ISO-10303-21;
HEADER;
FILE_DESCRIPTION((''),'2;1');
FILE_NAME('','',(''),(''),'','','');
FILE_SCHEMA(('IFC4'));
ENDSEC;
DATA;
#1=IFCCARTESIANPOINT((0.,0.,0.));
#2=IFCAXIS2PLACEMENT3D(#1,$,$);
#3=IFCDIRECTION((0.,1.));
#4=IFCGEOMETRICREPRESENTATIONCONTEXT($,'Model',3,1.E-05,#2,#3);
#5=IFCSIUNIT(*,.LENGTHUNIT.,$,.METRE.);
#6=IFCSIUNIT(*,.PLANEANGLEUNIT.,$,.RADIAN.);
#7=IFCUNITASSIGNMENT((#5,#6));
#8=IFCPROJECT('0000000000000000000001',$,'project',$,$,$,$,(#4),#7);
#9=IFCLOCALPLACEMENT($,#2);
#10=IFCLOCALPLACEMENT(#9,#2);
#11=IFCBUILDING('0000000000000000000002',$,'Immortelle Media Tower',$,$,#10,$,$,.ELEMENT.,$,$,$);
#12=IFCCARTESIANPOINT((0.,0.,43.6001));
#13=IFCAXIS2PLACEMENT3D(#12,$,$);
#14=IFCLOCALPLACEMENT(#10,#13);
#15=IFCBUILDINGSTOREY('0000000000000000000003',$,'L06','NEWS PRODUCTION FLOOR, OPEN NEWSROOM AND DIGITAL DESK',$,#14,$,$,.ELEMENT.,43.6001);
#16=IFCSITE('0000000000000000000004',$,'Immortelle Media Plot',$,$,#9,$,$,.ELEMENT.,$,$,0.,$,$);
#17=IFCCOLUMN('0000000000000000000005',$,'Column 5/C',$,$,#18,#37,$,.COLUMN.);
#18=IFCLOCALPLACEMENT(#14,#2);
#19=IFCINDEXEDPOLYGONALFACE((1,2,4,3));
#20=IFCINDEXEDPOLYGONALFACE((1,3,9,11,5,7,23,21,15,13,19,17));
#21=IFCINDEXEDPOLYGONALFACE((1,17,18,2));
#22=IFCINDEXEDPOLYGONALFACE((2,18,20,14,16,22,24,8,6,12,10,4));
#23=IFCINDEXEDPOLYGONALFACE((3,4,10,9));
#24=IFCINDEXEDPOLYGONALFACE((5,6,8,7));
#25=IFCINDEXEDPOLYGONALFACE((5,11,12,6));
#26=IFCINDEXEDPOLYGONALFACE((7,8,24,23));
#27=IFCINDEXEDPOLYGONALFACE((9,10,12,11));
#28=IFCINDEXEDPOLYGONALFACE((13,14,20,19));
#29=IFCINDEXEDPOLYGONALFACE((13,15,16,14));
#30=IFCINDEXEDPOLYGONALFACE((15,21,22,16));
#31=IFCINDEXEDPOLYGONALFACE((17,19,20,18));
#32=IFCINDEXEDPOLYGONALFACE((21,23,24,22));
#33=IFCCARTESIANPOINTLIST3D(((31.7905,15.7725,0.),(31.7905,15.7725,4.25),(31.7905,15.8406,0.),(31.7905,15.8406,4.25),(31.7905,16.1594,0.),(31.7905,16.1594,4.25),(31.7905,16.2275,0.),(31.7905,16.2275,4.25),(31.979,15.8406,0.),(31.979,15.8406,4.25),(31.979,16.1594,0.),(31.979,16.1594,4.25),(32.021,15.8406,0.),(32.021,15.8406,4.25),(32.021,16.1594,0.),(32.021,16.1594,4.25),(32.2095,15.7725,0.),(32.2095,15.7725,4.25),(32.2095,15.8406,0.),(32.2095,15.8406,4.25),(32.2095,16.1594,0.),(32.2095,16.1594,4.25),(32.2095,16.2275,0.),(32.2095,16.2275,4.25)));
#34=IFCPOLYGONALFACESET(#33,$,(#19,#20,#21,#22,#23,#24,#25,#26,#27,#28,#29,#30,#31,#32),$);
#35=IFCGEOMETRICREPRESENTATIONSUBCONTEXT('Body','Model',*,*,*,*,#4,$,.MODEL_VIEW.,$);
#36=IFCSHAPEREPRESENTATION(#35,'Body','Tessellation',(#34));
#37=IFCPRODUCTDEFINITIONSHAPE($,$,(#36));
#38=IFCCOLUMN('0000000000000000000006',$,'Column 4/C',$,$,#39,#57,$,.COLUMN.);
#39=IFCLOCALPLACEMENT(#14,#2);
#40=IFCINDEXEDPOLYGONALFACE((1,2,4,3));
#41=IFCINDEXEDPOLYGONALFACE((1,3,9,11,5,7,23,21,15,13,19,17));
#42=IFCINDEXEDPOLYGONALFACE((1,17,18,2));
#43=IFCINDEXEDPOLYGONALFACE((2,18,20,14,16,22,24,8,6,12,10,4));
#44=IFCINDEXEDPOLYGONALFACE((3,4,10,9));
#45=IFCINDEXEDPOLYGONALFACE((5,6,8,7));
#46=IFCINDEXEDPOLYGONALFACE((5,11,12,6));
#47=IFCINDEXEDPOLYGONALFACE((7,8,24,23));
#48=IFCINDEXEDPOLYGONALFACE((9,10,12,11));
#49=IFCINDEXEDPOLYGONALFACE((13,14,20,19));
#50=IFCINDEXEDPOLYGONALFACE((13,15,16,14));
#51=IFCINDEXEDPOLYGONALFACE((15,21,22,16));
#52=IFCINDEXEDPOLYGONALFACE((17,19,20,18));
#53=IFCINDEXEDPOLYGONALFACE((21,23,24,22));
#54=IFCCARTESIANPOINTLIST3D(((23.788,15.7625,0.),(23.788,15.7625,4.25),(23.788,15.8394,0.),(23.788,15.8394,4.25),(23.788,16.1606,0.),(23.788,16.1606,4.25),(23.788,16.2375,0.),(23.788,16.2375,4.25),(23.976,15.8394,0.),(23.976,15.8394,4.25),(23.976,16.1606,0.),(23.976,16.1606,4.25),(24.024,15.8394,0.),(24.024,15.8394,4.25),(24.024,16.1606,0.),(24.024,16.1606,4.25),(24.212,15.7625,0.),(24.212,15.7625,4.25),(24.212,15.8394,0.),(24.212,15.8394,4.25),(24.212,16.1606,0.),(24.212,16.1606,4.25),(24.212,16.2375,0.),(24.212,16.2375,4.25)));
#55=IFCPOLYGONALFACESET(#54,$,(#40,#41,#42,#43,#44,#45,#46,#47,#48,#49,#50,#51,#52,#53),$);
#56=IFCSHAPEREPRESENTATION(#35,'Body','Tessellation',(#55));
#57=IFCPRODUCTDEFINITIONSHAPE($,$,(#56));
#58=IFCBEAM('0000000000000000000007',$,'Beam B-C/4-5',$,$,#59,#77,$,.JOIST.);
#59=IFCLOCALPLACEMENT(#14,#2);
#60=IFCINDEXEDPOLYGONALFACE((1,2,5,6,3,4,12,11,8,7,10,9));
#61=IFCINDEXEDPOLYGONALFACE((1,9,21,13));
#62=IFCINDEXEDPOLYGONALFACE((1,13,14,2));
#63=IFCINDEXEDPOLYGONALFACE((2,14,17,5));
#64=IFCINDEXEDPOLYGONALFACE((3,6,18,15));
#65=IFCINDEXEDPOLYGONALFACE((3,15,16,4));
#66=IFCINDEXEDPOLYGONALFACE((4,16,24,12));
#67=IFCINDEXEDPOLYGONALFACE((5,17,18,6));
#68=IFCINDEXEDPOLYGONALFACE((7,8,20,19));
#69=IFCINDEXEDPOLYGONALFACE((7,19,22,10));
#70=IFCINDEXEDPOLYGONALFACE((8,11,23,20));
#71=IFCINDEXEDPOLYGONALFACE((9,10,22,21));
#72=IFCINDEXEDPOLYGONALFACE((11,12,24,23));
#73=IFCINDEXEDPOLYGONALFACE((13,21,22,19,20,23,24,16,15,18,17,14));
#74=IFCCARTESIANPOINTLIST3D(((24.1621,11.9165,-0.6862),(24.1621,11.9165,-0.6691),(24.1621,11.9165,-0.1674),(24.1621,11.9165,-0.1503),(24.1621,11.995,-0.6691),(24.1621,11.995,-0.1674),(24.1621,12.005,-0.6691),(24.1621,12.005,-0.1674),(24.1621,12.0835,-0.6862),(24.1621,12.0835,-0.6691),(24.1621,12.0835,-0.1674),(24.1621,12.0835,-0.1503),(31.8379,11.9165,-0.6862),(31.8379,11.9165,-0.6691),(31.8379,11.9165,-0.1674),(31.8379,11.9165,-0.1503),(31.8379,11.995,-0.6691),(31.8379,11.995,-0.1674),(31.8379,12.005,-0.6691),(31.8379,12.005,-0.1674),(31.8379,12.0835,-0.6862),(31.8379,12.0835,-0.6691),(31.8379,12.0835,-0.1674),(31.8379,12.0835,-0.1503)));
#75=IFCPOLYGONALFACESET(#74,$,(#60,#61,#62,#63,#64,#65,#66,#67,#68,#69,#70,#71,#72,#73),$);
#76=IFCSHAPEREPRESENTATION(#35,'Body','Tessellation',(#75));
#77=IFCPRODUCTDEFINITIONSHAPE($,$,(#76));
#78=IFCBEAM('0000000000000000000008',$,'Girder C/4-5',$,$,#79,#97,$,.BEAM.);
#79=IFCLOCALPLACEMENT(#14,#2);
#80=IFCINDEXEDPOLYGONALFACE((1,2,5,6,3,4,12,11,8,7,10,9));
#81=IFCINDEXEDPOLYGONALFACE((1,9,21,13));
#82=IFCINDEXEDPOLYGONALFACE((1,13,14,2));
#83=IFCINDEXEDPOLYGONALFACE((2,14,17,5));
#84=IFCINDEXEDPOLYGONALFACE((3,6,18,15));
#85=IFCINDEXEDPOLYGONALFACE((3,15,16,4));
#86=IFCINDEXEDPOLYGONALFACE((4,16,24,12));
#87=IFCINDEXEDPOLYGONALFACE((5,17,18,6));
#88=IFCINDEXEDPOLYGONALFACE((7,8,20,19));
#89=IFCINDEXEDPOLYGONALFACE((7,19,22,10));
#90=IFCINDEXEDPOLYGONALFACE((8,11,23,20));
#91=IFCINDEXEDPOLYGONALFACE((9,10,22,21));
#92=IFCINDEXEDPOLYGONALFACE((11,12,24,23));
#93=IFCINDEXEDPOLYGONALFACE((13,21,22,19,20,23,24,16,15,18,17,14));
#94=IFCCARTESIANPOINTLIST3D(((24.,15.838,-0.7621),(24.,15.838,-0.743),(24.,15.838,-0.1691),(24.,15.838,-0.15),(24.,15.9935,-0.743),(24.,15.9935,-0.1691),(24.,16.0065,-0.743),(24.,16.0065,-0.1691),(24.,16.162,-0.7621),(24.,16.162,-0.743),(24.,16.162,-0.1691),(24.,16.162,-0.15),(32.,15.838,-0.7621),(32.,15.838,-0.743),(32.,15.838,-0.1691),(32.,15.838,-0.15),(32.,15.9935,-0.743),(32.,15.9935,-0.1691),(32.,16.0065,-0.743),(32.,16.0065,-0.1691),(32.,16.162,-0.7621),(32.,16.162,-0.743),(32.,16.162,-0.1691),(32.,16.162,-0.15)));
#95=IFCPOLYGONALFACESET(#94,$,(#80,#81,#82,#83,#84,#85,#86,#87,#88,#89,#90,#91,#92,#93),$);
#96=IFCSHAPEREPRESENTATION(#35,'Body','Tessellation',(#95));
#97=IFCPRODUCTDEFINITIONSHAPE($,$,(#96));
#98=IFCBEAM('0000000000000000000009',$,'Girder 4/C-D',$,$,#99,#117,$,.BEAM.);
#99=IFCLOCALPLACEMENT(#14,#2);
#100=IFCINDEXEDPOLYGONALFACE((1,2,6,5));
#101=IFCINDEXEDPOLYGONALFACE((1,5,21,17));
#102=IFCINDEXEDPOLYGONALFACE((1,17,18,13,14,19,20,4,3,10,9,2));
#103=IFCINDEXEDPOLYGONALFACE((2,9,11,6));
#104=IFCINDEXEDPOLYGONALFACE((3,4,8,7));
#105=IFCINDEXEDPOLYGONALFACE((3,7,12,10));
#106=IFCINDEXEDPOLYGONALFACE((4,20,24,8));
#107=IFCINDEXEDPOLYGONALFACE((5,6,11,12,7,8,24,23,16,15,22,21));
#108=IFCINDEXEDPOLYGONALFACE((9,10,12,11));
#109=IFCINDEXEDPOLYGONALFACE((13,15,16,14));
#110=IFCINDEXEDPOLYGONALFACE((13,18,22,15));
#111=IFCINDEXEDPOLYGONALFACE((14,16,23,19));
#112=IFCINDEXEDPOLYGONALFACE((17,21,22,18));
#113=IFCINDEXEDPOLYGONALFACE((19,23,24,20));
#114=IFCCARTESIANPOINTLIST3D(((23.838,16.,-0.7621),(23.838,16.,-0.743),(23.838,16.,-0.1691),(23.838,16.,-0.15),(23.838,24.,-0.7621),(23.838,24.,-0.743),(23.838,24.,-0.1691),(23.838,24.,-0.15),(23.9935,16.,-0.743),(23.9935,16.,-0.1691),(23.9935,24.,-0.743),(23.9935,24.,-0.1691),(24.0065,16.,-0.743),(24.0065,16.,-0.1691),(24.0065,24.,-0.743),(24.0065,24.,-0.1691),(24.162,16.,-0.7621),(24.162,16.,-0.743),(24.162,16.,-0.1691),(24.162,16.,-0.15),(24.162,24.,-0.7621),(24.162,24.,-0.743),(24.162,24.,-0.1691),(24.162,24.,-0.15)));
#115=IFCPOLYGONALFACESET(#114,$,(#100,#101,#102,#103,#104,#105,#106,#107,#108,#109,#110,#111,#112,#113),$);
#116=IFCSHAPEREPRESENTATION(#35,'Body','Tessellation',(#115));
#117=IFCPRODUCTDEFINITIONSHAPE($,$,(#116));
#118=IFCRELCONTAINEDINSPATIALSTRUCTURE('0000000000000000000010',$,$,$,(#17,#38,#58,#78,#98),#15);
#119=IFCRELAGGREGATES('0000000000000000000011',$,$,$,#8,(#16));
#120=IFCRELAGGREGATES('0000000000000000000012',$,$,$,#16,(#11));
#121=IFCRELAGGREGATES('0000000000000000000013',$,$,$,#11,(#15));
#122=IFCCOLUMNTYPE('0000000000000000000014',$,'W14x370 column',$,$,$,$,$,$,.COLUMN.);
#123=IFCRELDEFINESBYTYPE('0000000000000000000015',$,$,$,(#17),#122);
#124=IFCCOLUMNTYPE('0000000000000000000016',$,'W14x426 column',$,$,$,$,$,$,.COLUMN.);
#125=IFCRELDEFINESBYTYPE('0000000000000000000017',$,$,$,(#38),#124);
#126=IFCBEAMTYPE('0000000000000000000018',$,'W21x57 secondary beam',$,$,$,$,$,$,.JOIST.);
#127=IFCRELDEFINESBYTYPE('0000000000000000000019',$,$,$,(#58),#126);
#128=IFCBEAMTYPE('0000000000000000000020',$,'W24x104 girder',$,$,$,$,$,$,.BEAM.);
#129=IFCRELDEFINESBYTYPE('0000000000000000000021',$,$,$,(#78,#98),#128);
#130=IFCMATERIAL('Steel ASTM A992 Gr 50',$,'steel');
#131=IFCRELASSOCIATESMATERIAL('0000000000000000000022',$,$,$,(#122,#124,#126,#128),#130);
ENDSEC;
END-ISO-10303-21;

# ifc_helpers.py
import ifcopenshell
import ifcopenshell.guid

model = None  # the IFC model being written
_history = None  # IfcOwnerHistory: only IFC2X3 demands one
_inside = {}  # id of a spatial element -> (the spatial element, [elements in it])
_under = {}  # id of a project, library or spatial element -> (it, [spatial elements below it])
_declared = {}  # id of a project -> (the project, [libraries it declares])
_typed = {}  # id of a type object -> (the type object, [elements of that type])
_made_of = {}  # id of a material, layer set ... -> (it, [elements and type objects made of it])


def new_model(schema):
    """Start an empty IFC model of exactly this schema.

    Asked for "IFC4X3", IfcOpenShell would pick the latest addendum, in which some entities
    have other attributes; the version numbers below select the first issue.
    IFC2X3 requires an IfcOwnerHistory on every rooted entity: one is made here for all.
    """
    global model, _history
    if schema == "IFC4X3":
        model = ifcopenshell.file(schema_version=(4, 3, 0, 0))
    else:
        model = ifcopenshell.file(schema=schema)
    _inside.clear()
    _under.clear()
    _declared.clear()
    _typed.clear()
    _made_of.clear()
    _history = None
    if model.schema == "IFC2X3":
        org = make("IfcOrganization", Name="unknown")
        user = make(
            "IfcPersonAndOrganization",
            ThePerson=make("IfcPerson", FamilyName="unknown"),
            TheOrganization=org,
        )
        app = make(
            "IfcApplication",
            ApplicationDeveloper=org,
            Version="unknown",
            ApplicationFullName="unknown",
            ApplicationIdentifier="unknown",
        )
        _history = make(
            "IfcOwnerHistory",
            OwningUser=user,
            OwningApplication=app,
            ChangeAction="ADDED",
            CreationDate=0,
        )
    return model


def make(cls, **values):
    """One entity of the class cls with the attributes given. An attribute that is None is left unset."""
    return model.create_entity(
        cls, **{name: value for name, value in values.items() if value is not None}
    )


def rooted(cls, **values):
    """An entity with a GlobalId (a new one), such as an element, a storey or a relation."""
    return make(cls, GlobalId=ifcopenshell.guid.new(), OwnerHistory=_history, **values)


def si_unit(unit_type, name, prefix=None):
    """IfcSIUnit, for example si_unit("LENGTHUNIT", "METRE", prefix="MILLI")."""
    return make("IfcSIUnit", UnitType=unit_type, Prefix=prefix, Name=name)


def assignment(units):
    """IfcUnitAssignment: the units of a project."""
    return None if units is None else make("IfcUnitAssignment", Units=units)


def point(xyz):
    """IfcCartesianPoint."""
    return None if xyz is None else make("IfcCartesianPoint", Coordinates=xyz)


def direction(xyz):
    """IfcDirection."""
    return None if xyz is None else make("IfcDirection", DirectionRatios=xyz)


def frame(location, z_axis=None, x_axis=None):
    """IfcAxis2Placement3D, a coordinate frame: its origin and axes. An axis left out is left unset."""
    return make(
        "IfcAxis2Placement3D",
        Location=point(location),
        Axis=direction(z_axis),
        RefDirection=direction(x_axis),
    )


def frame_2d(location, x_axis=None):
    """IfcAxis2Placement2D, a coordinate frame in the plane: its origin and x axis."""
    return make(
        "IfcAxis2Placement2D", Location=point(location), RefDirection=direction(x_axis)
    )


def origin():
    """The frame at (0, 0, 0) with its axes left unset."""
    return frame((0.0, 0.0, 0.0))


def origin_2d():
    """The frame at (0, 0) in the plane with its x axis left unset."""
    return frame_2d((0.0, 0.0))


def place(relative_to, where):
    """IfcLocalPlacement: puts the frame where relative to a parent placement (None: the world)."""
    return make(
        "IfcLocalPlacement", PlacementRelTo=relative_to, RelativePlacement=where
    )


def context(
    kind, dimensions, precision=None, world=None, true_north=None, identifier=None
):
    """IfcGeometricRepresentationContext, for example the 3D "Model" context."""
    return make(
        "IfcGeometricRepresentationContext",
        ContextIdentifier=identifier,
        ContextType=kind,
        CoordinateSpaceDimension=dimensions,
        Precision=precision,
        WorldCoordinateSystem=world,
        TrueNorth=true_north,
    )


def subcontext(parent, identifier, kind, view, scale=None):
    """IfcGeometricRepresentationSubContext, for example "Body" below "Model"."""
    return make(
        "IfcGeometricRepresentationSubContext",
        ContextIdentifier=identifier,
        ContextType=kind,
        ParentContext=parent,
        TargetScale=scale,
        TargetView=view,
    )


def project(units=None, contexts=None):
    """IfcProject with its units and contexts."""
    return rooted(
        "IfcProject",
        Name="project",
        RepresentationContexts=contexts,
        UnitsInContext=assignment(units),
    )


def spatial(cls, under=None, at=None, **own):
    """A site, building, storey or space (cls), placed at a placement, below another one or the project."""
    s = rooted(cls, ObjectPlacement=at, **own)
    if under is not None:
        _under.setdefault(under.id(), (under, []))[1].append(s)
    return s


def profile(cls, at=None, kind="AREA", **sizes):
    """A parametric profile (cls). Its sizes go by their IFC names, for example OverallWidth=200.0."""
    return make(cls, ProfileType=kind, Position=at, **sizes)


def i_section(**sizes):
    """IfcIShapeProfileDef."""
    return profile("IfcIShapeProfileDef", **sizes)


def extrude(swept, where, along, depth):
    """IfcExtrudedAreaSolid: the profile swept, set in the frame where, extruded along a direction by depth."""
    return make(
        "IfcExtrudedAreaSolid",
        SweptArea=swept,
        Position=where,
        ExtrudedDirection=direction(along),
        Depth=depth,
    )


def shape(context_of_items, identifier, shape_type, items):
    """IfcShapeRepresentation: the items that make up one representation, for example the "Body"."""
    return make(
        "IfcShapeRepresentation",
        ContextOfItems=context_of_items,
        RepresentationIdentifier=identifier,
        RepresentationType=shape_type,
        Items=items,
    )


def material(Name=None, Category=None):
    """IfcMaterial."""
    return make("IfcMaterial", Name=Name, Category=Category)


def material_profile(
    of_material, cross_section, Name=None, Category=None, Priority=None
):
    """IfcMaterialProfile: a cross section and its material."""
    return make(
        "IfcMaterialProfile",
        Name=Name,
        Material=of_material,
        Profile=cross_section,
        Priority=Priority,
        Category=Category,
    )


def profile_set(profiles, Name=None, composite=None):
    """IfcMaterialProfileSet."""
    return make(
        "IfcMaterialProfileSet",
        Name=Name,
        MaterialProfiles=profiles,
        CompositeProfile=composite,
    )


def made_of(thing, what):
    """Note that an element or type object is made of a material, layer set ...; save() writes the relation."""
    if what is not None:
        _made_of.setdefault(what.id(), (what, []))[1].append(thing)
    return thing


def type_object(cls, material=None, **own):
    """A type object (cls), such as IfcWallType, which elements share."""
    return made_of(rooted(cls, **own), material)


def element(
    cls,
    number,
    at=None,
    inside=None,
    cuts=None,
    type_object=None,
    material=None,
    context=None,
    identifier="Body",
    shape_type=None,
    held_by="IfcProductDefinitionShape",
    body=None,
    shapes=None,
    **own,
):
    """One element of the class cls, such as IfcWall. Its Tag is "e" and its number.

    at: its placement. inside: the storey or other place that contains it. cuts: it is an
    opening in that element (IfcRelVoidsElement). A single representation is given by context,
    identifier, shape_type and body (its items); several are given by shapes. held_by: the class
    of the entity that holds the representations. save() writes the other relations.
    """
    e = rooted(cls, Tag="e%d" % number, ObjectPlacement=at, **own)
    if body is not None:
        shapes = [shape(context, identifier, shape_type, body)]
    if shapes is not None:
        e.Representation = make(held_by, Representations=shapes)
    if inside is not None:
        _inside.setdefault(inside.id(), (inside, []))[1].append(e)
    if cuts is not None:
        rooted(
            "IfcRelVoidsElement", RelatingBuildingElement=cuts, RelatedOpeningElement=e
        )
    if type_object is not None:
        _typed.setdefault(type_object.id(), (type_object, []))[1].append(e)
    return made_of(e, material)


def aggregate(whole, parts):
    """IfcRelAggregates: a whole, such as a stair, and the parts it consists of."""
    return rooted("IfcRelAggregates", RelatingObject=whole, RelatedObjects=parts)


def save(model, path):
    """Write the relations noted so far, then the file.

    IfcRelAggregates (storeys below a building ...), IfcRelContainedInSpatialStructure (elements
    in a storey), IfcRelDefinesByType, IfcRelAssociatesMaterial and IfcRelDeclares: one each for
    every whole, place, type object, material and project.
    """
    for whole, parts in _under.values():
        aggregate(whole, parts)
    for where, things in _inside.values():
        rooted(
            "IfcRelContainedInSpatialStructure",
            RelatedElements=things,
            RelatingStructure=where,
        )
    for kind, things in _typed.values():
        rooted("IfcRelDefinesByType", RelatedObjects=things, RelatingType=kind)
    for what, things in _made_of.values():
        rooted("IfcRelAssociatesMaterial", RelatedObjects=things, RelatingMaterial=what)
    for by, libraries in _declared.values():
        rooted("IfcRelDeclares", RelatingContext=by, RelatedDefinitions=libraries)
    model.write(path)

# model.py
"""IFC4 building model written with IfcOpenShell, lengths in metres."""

from ifc_helpers import new_model, si_unit, direction, frame, origin, origin_2d, place, context, subcontext, project, spatial, i_section, extrude, material, material_profile, profile_set, type_object, element, save


model = new_model("IFC4")

# Units and contexts
model_context = context("Model", 3, precision=1e-05, world=origin(), true_north=direction((0.0, 1.0)))
body_context = subcontext(model_context, "Body", "Model", "MODEL_VIEW")
ifc_project = project(units=[si_unit("LENGTHUNIT", "METRE"), si_unit("PLANEANGLEUNIT", "RADIAN")], contexts=[model_context])

# Site, building, storey
site_placement = place(None, origin())
site = spatial("IfcSite", under=ifc_project, at=site_placement, Name="Immortelle Media Plot", CompositionType="ELEMENT", RefElevation=0.0)
building_placement = place(site_placement, origin())
building = spatial("IfcBuilding", under=site, at=building_placement, Name="Immortelle Media Tower", CompositionType="ELEMENT")
storey_placement = place(building_placement, frame((0.0, 0.0, 43.6001)))
storey = spatial("IfcBuildingStorey", under=building, at=storey_placement, Name="L06", Description="NEWS PRODUCTION FLOOR, OPEN NEWSROOM AND DIGITAL DESK", CompositionType="ELEMENT", Elevation=43.6001)

# Columns
ifc_material_1 = material(Name="Steel ASTM A992 Gr 50", Category="steel")
ifc_material_profile_1 = material_profile(ifc_material_1, i_section(OverallWidth=0.4189, OverallDepth=0.4551, WebThickness=0.042, FlangeThickness=0.0681, at=origin_2d()), Name="W14x370")
ifc_profile_set_1 = profile_set([ifc_material_profile_1], Name="Steel ASTM A992 Gr 50")
column_type_1 = type_object("IfcColumnType", Name="W14x370 column", PredefinedType="COLUMN", material=ifc_profile_set_1)
column_1_placement = place(storey_placement, frame((32.0, 16.0, 0.0), z_axis=(0.0, 0.0, 1.0), x_axis=(1.0, 0.0, 0.0)))
element("IfcColumn", 1, at=column_1_placement, inside=storey, type_object=column_type_1, Name="Column 5/C", PredefinedType="COLUMN", context=body_context, shape_type="SweptSolid", body=[
    extrude(i_section(OverallWidth=0.4189, OverallDepth=0.4551, WebThickness=0.042, FlangeThickness=0.0681, at=origin_2d()), origin(), (0.0, 0.0, 1.0), 4.25),
])
ifc_material_profile_2 = material_profile(ifc_material_1, i_section(OverallWidth=0.4241, OverallDepth=0.4751, WebThickness=0.0481, FlangeThickness=0.0769, at=origin_2d()), Name="W14x426")
ifc_profile_set_2 = profile_set([ifc_material_profile_2], Name="Steel ASTM A992 Gr 50")
column_type_2 = type_object("IfcColumnType", Name="W14x426 column", PredefinedType="COLUMN", material=ifc_profile_set_2)
column_2_placement = place(storey_placement, frame((24.0, 16.0, 0.0), z_axis=(0.0, 0.0, 1.0), x_axis=(1.0, 0.0, 0.0)))
element("IfcColumn", 2, at=column_2_placement, inside=storey, type_object=column_type_2, Name="Column 4/C", PredefinedType="COLUMN", context=body_context, shape_type="SweptSolid", body=[
    extrude(i_section(OverallWidth=0.4241, OverallDepth=0.4751, WebThickness=0.0481, FlangeThickness=0.0769, at=origin_2d()), origin(), (0.0, 0.0, 1.0), 4.25),
])

# Beams
ifc_material_profile_3 = material_profile(ifc_material_1, i_section(OverallWidth=0.167, OverallDepth=0.5359, WebThickness=0.01, FlangeThickness=0.0171, at=origin_2d()), Name="W21x57")
ifc_profile_set_3 = profile_set([ifc_material_profile_3], Name="Steel ASTM A992 Gr 50")
beam_type_1 = type_object("IfcBeamType", Name="W21x57 secondary beam", PredefinedType="JOIST", material=ifc_profile_set_3)
beam_placement = place(storey_placement, frame((24.1621, 12.0, -0.4182), z_axis=(1.0, 0.0, 0.0), x_axis=(0.0, 1.0, 0.0)))
element("IfcBeam", 3, at=beam_placement, inside=storey, type_object=beam_type_1, Name="Beam B-C/4-5", PredefinedType="JOIST", context=body_context, shape_type="SweptSolid", body=[
    extrude(i_section(OverallWidth=0.167, OverallDepth=0.5359, WebThickness=0.01, FlangeThickness=0.0171, at=origin_2d()), origin(), (0.0, 0.0, 1.0), 7.6758),
])
ifc_material_profile_4 = material_profile(ifc_material_1, i_section(OverallWidth=0.324, OverallDepth=0.6121, WebThickness=0.0129, FlangeThickness=0.019, at=origin_2d()), Name="W24x104")
ifc_profile_set_4 = profile_set([ifc_material_profile_4], Name="Steel ASTM A992 Gr 50")
beam_type_2 = type_object("IfcBeamType", Name="W24x104 girder", PredefinedType="BEAM", material=ifc_profile_set_4)
for number, where, z_axis, x_axis, name in (
    (4, (24.0, 16.0, -0.4561), (1.0, 0.0, 0.0), (0.0, 1.0, 0.0), "Girder C/4-5"),
    (5, (24.0, 16.0, -0.4561), (0.0, 1.0, 0.0), (-1.0, 0.0, 0.0), "Girder 4/C-D"),
):
    element("IfcBeam", number, at=place(storey_placement, frame(where, z_axis=z_axis, x_axis=x_axis)), inside=storey, type_object=beam_type_2, Name=name, PredefinedType="BEAM", context=body_context, shape_type="SweptSolid", body=[
        extrude(i_section(OverallWidth=0.324, OverallDepth=0.6121, WebThickness=0.0129, FlangeThickness=0.019, at=origin_2d()), origin(), (0.0, 0.0, 1.0), 8.0),
    ])

save(model, "model.ifc")
